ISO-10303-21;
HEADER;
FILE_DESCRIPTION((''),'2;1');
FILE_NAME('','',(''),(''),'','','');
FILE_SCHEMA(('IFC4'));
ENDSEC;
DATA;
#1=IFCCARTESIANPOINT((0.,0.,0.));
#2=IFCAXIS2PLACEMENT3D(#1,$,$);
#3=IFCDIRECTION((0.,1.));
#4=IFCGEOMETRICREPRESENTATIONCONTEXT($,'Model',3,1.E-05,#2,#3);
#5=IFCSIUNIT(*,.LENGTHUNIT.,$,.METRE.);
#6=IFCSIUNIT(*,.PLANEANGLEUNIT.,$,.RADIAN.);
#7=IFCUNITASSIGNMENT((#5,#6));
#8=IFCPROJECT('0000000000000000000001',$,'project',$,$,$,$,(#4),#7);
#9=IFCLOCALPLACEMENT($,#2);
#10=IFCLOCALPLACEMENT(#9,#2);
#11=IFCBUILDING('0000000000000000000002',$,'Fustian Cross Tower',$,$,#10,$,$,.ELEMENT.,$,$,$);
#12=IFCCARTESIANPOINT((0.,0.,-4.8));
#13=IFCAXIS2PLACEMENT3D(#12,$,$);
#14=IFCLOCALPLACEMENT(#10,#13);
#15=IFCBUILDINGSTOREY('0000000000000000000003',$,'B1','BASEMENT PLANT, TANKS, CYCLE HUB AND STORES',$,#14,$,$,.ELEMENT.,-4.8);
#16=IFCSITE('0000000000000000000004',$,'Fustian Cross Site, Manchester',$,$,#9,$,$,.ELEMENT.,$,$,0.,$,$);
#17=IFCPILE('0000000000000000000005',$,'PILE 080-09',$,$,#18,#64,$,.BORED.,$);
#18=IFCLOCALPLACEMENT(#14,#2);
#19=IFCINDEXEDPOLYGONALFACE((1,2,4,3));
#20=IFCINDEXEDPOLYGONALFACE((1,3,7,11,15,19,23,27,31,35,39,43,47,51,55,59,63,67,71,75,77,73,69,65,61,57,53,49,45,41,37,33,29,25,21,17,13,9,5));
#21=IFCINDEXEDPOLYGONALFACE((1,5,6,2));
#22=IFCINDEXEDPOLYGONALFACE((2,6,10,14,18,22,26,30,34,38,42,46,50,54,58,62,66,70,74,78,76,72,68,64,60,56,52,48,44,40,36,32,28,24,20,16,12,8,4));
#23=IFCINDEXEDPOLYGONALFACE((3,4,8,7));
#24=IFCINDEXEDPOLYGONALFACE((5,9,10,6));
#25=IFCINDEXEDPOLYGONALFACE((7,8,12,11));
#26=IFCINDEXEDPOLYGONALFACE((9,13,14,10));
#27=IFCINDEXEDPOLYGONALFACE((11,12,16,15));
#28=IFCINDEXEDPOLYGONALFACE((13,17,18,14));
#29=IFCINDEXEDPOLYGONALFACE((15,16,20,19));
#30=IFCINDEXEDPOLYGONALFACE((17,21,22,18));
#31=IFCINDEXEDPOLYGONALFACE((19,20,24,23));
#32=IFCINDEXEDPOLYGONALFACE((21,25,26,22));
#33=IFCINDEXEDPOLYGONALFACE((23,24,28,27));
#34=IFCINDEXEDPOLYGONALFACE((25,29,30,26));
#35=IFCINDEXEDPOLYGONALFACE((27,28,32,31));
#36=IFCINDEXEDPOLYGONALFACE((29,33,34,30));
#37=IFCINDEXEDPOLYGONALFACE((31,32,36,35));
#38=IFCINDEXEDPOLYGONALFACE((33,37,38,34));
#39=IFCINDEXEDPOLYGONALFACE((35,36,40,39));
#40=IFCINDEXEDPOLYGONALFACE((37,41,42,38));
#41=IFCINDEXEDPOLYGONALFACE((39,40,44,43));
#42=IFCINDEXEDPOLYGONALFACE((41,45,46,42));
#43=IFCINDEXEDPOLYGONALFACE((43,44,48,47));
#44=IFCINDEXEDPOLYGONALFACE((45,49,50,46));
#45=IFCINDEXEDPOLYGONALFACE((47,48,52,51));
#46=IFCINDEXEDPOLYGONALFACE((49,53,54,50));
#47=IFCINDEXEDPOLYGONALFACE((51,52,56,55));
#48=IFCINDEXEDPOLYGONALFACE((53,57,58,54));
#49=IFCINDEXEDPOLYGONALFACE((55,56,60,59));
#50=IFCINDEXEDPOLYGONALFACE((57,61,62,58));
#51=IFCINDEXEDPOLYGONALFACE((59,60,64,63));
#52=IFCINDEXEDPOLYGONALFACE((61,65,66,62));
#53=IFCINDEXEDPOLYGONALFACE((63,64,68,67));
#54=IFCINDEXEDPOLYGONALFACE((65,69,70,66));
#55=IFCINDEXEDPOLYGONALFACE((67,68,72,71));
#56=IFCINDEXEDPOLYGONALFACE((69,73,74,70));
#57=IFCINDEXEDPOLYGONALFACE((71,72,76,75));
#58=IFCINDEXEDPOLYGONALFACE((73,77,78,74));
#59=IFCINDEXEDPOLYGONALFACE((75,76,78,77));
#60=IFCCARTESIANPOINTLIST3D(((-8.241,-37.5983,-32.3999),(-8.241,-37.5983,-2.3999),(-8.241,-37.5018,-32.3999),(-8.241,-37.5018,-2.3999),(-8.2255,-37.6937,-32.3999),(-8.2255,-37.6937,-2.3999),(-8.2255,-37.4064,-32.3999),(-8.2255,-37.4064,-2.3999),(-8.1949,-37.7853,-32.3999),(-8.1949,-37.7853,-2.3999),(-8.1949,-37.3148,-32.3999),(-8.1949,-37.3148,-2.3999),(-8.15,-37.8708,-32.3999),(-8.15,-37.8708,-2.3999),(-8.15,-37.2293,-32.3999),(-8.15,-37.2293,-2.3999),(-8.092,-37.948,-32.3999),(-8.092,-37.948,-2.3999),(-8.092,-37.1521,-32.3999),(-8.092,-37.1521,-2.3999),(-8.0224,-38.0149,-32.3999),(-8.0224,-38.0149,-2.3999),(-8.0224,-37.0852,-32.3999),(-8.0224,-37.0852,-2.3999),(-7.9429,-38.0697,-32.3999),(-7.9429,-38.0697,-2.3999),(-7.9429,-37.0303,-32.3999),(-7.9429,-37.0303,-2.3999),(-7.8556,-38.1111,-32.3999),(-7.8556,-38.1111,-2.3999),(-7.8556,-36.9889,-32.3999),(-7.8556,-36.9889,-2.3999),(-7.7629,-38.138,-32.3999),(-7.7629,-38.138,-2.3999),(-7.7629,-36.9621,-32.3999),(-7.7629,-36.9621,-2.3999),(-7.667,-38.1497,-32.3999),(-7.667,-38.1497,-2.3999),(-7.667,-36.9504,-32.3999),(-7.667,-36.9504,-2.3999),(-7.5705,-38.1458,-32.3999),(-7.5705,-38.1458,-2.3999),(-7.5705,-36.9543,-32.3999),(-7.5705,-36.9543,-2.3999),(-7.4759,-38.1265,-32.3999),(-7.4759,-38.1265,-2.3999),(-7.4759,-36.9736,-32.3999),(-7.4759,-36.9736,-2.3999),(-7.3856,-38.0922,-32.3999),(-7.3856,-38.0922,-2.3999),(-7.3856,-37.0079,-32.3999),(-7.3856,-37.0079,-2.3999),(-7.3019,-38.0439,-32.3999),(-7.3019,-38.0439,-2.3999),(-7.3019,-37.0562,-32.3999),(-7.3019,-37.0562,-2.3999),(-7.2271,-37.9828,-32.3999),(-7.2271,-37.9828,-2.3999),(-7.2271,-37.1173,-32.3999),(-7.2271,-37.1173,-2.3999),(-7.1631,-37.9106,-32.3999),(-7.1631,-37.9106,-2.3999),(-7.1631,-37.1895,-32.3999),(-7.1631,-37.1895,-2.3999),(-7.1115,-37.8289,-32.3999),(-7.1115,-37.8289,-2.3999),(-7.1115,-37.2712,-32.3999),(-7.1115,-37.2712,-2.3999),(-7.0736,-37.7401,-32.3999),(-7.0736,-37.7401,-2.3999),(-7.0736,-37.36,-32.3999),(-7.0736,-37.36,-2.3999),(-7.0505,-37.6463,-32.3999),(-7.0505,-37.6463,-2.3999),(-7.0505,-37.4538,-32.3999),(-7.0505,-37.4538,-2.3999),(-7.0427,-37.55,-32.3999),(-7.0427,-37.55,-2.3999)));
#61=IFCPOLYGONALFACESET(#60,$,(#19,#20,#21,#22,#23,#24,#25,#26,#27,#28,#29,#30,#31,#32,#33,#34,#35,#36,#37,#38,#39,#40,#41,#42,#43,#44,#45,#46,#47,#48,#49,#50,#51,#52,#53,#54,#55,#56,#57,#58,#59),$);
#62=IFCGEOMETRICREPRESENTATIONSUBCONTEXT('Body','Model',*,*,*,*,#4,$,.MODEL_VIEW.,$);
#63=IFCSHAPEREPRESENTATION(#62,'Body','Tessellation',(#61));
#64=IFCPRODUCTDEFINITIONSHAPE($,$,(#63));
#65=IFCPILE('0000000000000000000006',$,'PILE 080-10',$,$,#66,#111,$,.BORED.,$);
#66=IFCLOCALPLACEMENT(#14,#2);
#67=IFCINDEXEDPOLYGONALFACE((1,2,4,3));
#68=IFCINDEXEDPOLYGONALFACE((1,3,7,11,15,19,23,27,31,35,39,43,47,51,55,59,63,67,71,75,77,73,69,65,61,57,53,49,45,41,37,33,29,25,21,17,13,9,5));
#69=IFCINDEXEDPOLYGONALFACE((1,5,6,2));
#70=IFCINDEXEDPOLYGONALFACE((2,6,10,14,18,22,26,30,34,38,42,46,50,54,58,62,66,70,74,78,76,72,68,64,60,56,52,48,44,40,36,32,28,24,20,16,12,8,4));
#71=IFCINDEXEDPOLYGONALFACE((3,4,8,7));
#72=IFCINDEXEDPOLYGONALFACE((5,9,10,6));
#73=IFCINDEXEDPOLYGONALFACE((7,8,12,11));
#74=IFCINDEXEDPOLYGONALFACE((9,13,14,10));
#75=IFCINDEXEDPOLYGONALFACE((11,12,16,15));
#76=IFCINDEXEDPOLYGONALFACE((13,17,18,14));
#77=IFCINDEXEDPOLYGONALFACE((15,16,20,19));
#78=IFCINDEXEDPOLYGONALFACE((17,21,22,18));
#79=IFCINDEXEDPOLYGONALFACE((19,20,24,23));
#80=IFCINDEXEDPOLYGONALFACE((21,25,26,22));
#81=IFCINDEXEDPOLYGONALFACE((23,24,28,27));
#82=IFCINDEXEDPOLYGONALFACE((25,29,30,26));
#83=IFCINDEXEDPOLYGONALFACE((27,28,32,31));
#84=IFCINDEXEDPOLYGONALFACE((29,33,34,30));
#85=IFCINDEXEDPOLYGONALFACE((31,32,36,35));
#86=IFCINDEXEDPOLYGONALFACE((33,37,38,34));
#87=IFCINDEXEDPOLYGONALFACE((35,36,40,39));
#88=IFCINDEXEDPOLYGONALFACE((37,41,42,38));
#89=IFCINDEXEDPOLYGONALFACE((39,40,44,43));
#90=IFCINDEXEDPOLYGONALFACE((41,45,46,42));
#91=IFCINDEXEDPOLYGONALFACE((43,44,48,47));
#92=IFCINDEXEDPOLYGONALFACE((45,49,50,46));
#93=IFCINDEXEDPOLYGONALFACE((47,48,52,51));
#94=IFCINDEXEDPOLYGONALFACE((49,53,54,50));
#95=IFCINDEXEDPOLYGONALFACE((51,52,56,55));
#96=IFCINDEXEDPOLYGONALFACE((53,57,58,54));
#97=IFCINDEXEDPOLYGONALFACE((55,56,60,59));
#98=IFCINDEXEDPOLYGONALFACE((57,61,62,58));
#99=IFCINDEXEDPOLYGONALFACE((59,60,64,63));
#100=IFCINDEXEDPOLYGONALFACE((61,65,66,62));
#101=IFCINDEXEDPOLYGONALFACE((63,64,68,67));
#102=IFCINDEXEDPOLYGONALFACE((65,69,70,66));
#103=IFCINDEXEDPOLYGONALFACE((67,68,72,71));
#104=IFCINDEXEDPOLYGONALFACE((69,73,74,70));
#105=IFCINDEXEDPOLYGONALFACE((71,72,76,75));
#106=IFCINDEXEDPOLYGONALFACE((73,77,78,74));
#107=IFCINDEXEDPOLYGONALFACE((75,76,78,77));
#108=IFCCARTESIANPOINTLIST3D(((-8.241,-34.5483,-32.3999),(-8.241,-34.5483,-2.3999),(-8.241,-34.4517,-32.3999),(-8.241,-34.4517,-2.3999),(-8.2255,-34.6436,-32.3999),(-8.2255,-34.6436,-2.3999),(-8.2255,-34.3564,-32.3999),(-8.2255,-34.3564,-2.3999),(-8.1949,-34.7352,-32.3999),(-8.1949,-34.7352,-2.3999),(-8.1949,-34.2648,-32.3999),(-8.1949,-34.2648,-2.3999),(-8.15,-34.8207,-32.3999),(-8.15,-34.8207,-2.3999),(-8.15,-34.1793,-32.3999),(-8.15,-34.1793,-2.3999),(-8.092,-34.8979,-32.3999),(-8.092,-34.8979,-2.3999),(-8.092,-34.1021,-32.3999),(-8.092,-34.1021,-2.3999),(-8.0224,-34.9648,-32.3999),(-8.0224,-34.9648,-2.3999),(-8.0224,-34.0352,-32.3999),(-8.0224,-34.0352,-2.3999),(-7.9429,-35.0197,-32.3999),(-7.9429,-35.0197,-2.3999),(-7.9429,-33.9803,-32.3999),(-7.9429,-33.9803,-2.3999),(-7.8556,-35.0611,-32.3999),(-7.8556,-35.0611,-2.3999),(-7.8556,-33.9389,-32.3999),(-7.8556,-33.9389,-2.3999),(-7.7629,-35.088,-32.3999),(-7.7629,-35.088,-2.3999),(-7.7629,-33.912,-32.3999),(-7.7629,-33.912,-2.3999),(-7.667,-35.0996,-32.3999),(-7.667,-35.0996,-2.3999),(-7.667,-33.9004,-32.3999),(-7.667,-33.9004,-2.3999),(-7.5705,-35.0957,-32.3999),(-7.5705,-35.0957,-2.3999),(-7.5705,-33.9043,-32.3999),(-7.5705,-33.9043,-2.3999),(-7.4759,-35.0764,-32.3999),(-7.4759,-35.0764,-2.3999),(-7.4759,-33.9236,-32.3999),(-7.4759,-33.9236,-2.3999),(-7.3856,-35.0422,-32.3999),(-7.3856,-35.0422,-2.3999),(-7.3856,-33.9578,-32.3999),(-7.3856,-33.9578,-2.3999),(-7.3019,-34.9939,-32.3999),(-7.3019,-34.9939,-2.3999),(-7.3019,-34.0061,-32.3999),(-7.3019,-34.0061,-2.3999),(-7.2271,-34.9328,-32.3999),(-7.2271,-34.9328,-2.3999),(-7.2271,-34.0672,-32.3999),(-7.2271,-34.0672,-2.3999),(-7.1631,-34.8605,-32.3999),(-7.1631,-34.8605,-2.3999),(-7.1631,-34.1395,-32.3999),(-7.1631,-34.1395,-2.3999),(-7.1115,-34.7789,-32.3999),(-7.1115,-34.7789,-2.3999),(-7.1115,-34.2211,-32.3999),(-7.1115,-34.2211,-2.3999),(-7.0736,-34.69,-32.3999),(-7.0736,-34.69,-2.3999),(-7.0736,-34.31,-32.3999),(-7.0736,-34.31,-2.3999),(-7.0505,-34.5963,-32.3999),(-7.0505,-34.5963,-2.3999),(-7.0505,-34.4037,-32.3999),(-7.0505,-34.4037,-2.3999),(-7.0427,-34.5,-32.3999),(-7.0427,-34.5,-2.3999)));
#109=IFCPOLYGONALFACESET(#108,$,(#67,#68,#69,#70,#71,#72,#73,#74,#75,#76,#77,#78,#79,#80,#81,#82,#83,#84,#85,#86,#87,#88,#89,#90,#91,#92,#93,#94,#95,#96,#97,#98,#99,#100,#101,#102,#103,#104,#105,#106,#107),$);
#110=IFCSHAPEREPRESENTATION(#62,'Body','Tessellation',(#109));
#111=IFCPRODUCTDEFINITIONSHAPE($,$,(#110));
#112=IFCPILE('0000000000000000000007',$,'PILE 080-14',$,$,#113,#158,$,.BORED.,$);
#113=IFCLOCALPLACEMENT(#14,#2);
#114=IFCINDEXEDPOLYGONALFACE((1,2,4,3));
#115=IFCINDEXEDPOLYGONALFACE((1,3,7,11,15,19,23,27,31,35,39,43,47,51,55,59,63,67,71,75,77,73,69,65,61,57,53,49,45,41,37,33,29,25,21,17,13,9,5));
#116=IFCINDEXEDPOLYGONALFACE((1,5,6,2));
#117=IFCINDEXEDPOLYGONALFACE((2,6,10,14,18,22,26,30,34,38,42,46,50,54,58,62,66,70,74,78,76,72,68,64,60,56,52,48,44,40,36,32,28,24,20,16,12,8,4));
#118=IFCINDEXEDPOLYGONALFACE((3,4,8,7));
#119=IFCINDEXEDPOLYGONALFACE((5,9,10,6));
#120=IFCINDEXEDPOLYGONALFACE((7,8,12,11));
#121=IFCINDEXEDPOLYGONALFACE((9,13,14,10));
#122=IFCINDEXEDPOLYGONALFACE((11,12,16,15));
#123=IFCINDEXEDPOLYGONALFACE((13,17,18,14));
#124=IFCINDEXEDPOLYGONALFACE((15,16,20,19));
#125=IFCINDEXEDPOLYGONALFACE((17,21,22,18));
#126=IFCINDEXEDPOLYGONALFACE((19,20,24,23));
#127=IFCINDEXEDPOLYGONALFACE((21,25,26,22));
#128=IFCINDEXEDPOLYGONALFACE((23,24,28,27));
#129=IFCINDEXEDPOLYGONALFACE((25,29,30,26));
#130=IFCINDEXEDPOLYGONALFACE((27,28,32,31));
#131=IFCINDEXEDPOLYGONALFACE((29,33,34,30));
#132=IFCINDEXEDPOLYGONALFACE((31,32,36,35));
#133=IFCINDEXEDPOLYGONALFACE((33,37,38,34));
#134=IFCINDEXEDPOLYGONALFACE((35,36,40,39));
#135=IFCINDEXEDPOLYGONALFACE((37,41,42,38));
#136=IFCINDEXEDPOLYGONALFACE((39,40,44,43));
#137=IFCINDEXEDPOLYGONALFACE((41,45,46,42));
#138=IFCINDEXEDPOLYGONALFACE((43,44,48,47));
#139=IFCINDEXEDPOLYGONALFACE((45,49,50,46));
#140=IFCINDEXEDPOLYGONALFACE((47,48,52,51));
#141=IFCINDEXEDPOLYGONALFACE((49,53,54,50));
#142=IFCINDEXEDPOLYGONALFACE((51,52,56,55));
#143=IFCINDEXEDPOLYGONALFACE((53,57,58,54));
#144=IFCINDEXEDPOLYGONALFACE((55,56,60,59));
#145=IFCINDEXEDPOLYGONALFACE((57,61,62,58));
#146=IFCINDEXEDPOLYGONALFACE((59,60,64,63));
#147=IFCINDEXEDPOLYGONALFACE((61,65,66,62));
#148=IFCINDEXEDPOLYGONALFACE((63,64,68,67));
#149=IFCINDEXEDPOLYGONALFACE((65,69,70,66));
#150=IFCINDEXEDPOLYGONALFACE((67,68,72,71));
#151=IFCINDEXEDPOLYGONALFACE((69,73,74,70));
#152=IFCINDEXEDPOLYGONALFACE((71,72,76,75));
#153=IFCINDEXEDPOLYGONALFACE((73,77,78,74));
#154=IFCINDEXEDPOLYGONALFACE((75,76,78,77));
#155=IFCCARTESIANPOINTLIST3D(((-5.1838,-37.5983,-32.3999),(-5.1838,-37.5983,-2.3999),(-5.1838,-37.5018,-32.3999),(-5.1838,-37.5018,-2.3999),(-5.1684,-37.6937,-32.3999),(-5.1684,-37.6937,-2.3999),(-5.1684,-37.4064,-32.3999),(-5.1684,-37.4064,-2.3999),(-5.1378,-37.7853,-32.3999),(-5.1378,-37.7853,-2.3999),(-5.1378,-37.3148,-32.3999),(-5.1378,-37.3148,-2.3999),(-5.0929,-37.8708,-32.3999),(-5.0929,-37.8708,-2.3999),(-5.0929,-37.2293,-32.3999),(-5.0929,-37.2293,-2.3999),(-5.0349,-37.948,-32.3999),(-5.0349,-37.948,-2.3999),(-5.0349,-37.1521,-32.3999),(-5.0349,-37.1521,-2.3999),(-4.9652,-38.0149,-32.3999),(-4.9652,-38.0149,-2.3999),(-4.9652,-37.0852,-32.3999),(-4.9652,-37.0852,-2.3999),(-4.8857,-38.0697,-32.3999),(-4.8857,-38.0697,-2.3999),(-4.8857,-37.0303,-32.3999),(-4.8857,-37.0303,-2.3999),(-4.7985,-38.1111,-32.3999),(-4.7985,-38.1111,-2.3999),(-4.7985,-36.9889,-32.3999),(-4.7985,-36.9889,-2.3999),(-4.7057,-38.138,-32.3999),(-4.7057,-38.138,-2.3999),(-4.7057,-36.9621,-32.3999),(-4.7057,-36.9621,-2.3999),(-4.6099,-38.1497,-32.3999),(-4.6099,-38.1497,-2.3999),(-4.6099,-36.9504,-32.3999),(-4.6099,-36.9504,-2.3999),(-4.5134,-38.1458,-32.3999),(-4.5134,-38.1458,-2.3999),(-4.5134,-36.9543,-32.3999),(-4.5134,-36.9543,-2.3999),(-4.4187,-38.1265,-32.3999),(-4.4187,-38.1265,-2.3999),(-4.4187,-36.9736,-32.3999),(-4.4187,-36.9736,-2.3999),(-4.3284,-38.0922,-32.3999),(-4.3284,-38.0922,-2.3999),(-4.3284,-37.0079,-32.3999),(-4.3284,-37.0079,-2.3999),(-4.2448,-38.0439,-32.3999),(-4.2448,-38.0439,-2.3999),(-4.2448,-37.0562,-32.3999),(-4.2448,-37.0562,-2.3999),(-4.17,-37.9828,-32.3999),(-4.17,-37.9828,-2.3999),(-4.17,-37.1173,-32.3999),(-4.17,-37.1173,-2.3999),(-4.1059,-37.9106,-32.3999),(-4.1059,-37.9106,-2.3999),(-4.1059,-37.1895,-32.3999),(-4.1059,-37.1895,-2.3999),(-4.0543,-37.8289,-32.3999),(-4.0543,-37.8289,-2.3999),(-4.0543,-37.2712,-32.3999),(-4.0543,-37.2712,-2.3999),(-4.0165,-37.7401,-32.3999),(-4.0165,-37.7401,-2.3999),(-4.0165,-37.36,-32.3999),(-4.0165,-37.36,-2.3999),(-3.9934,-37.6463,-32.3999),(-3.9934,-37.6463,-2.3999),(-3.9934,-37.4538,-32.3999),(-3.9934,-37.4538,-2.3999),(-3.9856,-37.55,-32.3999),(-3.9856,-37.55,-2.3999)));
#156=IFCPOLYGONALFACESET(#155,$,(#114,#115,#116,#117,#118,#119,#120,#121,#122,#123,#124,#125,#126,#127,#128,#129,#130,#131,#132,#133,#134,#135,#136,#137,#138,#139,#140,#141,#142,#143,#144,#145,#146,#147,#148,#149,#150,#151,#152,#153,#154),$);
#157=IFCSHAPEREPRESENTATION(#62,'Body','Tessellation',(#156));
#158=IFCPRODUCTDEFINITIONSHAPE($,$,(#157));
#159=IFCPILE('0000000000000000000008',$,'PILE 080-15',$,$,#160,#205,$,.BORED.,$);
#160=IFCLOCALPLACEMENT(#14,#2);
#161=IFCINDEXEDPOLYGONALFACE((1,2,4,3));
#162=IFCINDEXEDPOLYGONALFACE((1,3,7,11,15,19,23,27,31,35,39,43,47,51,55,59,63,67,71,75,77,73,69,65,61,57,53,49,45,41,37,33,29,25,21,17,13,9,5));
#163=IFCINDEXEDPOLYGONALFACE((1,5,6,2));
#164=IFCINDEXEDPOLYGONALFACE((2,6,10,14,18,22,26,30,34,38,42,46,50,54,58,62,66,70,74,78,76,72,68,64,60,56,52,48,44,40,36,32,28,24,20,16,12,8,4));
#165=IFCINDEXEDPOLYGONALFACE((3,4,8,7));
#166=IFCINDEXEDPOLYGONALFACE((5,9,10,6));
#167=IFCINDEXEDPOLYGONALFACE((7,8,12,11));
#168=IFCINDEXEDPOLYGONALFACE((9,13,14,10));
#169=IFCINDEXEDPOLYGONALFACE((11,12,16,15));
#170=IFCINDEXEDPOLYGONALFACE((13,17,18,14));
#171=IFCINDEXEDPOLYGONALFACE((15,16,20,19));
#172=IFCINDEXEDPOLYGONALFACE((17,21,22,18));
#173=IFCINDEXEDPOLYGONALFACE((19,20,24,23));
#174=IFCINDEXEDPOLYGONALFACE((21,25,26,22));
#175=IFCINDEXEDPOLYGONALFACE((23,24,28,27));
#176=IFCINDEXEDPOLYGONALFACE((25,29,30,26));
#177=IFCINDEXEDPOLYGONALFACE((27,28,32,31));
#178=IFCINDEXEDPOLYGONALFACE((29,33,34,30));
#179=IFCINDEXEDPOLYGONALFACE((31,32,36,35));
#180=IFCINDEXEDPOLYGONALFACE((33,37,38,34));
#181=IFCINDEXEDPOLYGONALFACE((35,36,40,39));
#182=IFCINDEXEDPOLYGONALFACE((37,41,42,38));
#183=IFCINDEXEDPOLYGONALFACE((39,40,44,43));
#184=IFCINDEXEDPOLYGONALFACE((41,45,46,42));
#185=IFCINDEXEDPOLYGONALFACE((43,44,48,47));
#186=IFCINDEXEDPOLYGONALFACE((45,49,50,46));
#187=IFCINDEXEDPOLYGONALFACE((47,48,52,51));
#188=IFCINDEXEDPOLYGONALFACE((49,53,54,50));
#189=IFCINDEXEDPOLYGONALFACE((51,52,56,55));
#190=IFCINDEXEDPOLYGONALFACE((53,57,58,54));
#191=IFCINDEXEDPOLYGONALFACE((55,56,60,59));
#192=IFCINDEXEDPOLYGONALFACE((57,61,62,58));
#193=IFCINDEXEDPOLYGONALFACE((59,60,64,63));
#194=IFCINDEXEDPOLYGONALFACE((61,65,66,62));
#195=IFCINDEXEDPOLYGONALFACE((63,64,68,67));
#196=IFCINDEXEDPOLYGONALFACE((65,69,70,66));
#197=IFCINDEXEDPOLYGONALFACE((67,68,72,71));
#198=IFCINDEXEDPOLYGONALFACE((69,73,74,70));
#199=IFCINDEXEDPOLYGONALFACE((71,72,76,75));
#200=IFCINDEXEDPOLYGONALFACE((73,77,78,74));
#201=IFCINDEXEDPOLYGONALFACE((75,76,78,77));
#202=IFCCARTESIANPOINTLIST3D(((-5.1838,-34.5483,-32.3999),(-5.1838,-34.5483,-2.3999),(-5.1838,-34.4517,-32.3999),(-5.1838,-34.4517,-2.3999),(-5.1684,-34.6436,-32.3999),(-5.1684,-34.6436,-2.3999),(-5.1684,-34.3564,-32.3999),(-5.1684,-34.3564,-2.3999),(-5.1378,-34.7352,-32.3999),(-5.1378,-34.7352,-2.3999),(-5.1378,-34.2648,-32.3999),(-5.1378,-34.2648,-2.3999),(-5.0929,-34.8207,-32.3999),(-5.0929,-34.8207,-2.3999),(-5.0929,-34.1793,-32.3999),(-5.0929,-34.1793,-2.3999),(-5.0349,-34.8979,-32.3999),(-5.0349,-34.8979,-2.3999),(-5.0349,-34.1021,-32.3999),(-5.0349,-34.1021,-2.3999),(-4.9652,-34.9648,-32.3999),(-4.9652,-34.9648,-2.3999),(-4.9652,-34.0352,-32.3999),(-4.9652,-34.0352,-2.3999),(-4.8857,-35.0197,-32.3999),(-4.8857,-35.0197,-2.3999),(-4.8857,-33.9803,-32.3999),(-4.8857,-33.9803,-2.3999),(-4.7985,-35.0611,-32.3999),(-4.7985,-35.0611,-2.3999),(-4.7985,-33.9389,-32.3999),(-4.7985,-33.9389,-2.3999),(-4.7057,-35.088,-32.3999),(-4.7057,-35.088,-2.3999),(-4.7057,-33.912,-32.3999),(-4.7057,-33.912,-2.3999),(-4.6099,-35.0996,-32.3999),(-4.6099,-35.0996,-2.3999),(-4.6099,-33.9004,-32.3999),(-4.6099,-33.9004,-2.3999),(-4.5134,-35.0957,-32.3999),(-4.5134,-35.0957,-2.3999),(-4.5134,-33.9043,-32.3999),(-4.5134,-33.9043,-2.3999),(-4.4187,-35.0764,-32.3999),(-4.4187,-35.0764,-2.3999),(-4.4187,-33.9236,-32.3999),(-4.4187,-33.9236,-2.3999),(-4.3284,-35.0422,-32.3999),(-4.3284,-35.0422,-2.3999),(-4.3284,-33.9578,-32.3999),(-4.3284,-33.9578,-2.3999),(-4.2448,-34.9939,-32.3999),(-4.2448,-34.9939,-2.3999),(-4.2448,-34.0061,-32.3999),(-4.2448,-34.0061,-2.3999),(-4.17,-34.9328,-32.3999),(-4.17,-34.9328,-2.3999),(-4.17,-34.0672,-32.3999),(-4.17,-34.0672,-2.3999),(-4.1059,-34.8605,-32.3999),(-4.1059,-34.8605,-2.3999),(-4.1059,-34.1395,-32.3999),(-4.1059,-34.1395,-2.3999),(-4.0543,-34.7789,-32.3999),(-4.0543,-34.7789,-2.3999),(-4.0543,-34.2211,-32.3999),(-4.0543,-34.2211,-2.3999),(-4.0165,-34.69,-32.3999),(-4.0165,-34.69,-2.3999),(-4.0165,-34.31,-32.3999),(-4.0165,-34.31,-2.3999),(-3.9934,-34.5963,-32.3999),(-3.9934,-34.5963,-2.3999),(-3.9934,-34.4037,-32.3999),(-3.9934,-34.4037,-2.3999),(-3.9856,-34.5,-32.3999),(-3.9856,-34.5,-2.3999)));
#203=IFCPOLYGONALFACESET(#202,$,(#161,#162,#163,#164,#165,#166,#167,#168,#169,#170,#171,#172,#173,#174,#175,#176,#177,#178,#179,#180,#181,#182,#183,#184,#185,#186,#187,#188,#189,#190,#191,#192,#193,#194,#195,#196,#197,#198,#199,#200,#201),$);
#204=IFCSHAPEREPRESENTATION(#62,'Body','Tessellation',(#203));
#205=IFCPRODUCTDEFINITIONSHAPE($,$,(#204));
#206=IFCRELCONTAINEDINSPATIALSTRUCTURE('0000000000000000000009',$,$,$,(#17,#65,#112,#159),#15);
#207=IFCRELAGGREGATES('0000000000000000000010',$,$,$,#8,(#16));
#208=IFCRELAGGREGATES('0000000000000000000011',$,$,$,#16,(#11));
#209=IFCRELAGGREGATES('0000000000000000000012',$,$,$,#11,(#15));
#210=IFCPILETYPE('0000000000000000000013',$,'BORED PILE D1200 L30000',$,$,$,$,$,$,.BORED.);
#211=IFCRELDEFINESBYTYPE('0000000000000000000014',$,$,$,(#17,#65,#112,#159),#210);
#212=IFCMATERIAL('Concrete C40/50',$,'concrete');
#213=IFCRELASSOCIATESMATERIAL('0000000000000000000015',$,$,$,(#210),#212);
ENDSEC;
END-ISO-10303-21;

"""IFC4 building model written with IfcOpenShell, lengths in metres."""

from ifc_helpers import new_model, si_unit, direction, frame, origin, origin_2d, place, context, subcontext, project, spatial, circle, extrude, material, material_profile, profile_set, type_object, element, save


model = new_model("IFC4")

# Units and contexts
model_context = context("Model", 3, precision=1e-05, world=origin(), true_north=direction((0.0, 1.0)))
body_context = subcontext(model_context, "Body", "Model", "MODEL_VIEW")
ifc_project = project(units=[si_unit("LENGTHUNIT", "METRE"), si_unit("PLANEANGLEUNIT", "RADIAN")], contexts=[model_context])

# Site, building, storey
site_placement = place(None, origin())
site = spatial("IfcSite", under=ifc_project, at=site_placement, Name="Fustian Cross Site, Manchester", CompositionType="ELEMENT", RefElevation=0.0)
building_placement = place(site_placement, origin())
building = spatial("IfcBuilding", under=site, at=building_placement, Name="Fustian Cross Tower", CompositionType="ELEMENT")
storey_placement = place(building_placement, frame((0.0, 0.0, -4.8)))
storey = spatial("IfcBuildingStorey", under=building, at=storey_placement, Name="B1", Description="BASEMENT PLANT, TANKS, CYCLE HUB AND STORES", CompositionType="ELEMENT", Elevation=-4.8)

# Piles
ifc_material_1 = material(Name="Concrete C40/50", Category="concrete")
ifc_material_profile_1 = material_profile(ifc_material_1, circle(Radius=0.6001, at=origin_2d()), Name="BORED PILE D1200 L30000")
ifc_profile_set_1 = profile_set([ifc_material_profile_1], Name="Concrete C40/50")
pile_type = type_object("IfcPileType", Name="BORED PILE D1200 L30000", PredefinedType="BORED", material=ifc_profile_set_1)
for number, where, z_axis, x_axis, name in (
    (1, (-7.6428, -37.55, -2.3999), (0.0, 0.0, -1.0), (1.0, 0.0, 0.0), "PILE 080-09"),
    (2, (-7.6428, -34.5, -2.3999), (0.0, 0.0, -1.0), (1.0, 0.0, 0.0), "PILE 080-10"),
    (3, (-4.5857, -37.55, -2.3999), (0.0, 0.0, -1.0), (1.0, 0.0, 0.0), "PILE 080-14"),
    (4, (-4.5857, -34.5, -2.3999), (0.0, 0.0, -1.0), (1.0, 0.0, 0.0), "PILE 080-15"),
):
    element("IfcPile", number, at=place(storey_placement, frame(where, z_axis=z_axis, x_axis=x_axis)), inside=storey, type_object=pile_type, Name=name, PredefinedType="BORED", context=body_context, shape_type="SweptSolid", body=[
        extrude(circle(Radius=0.6001, at=origin_2d()), origin(), (0.0, 0.0, 1.0), 30.0),
    ])

save(model, "model.ifc")
